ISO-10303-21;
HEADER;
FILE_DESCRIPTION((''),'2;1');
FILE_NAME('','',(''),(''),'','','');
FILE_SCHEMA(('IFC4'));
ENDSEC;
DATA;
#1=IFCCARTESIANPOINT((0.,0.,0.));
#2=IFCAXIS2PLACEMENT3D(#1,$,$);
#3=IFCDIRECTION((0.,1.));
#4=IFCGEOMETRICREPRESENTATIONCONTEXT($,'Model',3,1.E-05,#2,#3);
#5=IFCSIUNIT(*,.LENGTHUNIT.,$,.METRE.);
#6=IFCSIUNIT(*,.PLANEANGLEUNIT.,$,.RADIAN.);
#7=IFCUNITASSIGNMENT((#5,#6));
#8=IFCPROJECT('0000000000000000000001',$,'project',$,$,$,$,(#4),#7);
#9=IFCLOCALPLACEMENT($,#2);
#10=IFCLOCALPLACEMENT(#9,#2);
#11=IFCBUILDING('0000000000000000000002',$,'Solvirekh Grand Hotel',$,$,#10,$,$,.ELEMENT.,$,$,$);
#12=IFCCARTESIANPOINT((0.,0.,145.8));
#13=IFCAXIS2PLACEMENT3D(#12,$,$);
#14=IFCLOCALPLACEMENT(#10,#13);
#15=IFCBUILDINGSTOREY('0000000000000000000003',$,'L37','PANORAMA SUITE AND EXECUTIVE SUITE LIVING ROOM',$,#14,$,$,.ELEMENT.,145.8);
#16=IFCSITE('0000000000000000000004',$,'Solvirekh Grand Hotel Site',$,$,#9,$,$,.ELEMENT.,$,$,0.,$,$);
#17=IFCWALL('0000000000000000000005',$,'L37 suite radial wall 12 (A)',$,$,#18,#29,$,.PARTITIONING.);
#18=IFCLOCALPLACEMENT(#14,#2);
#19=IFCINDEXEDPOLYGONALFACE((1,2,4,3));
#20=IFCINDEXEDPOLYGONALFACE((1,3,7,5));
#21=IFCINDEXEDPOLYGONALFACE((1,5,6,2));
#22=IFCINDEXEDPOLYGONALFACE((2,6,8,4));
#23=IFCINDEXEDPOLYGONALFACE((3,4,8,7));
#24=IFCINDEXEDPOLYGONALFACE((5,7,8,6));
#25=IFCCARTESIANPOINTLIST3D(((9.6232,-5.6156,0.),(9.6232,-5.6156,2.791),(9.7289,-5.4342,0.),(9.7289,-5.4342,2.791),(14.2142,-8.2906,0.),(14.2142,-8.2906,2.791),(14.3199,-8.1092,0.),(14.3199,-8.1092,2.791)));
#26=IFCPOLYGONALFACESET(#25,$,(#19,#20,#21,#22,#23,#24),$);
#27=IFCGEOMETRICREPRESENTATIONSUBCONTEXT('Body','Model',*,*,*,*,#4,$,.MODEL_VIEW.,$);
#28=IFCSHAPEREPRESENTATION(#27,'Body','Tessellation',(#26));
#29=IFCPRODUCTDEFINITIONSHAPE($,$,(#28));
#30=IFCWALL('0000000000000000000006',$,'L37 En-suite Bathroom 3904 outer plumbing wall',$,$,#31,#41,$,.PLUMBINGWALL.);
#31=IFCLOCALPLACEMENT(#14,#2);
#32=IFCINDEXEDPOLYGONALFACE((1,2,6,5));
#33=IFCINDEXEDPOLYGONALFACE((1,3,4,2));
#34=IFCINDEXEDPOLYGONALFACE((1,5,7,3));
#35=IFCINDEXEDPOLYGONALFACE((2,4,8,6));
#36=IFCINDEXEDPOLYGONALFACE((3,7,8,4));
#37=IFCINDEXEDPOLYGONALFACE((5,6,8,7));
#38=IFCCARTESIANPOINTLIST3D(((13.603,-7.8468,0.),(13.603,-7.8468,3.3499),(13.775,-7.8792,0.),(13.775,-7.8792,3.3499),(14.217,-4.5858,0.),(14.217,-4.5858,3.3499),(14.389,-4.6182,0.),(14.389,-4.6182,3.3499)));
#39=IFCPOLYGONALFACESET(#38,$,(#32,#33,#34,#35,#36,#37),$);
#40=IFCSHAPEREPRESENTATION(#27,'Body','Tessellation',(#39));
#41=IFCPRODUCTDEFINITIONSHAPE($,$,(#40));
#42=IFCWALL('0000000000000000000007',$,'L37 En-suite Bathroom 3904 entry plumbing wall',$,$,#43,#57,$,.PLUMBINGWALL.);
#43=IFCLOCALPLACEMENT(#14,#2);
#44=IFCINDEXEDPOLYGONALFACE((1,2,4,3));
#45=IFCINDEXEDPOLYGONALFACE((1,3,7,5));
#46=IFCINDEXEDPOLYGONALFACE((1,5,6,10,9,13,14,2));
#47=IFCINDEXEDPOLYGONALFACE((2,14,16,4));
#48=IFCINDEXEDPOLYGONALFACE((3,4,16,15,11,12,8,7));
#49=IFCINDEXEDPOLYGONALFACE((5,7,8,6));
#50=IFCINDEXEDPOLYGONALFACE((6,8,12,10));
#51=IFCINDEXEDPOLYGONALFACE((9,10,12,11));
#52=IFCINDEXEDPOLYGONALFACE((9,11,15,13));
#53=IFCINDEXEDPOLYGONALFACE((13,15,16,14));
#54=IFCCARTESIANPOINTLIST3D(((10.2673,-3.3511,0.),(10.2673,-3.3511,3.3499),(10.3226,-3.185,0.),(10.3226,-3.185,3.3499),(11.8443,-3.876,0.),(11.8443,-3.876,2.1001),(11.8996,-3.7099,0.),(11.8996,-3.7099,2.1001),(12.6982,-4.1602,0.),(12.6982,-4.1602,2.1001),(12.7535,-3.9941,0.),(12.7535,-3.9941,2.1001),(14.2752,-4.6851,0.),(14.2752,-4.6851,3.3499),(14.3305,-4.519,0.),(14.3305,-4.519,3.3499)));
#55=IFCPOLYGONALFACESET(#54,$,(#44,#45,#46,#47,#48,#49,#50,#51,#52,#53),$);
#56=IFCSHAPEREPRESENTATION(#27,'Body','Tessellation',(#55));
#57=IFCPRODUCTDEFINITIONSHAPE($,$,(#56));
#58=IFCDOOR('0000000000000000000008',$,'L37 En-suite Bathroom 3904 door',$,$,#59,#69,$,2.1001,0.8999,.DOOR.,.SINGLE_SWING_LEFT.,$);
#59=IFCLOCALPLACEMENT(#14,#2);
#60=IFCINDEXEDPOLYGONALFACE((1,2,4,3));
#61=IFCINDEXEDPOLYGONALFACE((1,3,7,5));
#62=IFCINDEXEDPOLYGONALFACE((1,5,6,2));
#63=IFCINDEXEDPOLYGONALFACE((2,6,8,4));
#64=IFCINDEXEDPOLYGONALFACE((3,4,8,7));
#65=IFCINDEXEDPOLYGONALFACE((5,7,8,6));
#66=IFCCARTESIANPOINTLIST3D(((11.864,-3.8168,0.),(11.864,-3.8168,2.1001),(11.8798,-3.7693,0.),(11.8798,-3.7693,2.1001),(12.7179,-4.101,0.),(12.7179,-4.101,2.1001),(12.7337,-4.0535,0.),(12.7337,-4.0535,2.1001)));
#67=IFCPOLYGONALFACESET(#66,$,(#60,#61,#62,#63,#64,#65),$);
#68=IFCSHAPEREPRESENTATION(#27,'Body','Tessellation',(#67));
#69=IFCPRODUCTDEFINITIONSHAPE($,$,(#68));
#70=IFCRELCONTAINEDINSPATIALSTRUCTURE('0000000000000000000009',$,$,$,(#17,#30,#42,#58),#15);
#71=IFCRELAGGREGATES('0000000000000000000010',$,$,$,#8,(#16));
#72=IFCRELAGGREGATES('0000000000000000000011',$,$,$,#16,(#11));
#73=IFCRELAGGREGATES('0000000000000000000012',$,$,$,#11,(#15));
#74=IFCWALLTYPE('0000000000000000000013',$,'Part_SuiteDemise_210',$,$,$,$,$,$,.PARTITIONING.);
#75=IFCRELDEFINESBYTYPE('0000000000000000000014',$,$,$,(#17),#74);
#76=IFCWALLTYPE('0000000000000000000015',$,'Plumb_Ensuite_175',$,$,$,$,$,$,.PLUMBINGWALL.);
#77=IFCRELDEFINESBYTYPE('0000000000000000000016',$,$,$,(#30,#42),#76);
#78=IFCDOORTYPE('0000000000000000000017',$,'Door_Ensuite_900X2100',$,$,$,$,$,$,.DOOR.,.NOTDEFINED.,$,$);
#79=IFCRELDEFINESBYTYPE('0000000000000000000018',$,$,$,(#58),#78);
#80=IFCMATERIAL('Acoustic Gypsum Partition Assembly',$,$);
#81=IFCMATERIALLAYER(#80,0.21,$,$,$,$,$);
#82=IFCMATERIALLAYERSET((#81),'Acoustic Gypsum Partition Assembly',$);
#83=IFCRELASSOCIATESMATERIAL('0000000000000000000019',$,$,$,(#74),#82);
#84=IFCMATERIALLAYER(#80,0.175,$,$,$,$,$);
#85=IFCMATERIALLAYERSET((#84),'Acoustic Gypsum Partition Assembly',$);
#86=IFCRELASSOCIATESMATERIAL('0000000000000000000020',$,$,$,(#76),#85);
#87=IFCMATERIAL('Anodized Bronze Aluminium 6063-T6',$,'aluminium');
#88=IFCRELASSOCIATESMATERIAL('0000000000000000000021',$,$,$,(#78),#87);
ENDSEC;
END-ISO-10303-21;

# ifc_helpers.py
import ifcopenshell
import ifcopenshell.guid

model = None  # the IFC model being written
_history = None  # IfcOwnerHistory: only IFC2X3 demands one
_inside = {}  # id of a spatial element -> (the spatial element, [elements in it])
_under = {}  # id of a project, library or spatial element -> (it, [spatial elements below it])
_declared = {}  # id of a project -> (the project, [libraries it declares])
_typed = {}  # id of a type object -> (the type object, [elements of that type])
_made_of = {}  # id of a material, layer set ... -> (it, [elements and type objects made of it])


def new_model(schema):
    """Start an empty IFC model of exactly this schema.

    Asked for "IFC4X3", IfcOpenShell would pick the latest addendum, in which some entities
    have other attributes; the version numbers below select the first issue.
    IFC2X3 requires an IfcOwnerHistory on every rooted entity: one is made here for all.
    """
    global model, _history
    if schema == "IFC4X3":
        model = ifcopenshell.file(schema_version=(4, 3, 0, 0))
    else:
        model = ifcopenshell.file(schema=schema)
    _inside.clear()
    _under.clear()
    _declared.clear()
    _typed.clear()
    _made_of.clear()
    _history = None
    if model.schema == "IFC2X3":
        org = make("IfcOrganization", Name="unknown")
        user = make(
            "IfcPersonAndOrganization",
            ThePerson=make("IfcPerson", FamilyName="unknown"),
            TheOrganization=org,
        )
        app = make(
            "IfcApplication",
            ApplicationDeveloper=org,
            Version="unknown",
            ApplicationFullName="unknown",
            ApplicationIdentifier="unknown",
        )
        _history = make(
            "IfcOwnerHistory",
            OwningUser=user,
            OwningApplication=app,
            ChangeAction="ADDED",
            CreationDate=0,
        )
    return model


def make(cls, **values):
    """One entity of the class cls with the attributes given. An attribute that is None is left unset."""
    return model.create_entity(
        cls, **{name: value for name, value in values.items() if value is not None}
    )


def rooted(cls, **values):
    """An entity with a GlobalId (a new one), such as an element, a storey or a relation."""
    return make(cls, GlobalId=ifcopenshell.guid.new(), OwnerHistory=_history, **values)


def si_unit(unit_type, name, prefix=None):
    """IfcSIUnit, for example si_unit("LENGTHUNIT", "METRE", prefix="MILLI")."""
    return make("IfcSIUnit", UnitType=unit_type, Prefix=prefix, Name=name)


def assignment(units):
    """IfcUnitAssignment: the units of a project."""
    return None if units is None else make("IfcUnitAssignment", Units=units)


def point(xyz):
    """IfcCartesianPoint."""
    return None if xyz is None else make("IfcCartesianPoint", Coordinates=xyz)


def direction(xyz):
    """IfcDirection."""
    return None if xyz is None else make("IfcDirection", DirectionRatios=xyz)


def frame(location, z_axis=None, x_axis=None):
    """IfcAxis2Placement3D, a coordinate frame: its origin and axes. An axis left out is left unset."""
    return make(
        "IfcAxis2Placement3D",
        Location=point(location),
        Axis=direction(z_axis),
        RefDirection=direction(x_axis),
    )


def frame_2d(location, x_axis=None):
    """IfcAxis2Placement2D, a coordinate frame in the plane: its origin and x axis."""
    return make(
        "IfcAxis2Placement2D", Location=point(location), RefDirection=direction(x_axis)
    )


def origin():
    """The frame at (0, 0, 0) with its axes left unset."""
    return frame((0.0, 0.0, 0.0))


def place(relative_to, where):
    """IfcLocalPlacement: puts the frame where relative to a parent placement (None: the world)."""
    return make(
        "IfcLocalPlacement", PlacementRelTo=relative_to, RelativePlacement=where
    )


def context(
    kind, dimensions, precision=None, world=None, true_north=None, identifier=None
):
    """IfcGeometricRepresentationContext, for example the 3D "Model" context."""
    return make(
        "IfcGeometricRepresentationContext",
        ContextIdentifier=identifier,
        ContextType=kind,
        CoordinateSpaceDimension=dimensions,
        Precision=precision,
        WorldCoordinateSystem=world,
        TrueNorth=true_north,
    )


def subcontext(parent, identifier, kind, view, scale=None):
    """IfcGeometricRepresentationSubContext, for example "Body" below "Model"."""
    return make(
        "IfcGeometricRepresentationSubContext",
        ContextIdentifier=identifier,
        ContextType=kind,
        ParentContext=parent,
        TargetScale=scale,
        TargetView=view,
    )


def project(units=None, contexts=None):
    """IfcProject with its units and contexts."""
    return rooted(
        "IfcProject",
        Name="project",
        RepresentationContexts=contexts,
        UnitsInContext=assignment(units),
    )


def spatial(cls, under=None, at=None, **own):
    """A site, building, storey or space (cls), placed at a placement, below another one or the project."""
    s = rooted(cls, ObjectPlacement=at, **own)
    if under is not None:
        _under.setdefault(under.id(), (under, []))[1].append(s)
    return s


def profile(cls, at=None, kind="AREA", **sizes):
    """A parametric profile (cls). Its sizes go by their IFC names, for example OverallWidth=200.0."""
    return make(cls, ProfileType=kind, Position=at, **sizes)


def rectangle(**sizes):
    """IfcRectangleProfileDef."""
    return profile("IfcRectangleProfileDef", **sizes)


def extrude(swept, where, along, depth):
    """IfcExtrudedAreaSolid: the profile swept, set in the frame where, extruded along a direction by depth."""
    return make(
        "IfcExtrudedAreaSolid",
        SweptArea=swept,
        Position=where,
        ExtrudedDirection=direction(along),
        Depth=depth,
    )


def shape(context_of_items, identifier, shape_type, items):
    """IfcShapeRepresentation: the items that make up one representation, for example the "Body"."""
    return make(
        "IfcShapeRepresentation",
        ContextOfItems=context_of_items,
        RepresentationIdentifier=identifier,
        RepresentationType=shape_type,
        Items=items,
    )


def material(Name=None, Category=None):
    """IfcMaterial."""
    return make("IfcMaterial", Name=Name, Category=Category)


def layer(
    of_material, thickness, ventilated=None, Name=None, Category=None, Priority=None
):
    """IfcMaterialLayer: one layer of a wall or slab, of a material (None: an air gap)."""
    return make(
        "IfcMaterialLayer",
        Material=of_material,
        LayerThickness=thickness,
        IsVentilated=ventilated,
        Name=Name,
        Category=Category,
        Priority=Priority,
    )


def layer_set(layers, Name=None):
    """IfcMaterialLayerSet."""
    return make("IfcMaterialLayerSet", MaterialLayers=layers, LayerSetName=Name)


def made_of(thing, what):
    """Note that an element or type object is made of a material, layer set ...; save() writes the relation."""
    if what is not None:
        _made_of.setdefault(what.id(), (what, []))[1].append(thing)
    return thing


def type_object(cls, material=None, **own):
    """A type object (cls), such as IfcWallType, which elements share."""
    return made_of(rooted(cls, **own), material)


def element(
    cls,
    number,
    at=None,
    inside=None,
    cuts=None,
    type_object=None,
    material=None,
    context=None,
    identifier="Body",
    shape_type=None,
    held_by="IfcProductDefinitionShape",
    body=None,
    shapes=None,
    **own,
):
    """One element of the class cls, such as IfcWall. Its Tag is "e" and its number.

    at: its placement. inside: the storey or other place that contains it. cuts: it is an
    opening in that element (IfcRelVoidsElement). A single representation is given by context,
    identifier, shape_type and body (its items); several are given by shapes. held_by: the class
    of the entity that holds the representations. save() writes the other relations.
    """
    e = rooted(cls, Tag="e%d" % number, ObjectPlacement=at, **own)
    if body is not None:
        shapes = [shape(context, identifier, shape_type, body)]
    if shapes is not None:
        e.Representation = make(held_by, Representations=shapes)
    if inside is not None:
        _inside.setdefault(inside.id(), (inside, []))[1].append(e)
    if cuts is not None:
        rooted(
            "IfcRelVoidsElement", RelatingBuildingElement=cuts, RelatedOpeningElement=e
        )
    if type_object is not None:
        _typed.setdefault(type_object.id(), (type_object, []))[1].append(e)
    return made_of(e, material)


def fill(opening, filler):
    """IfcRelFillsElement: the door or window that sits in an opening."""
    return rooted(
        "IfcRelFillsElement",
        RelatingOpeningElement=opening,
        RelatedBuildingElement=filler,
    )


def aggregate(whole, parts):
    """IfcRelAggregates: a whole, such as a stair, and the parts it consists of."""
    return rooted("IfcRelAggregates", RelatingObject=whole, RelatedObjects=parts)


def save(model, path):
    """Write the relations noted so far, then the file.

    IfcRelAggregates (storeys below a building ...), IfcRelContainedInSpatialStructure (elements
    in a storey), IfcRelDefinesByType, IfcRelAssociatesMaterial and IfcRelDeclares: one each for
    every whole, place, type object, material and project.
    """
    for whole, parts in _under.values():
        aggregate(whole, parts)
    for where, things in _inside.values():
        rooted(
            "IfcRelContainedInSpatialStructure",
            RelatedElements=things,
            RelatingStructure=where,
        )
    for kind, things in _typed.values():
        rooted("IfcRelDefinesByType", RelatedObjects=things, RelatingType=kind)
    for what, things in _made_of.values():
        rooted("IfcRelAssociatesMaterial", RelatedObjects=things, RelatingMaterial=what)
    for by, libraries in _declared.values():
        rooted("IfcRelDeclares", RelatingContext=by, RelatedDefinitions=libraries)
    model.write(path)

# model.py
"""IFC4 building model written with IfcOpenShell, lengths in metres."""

from ifc_helpers import new_model, si_unit, direction, frame, frame_2d, origin, place, context, subcontext, project, spatial, rectangle, extrude, material, layer, layer_set, type_object, element, fill, save


model = new_model("IFC4")

# Units and contexts
model_context = context("Model", 3, precision=1e-05, world=origin(), true_north=direction((0.0, 1.0)))
body_context = subcontext(model_context, "Body", "Model", "MODEL_VIEW")
ifc_project = project(units=[si_unit("LENGTHUNIT", "METRE"), si_unit("PLANEANGLEUNIT", "RADIAN")], contexts=[model_context])

# Site, building, storey
site_placement = place(None, origin())
site = spatial("IfcSite", under=ifc_project, at=site_placement, Name="Solvirekh Grand Hotel Site", CompositionType="ELEMENT", RefElevation=0.0)
building_placement = place(site_placement, origin())
building = spatial("IfcBuilding", under=site, at=building_placement, Name="Solvirekh Grand Hotel", CompositionType="ELEMENT")
storey_placement = place(building_placement, frame((0.0, 0.0, 145.8)))
storey = spatial("IfcBuildingStorey", under=building, at=storey_placement, Name="L37", Description="PANORAMA SUITE AND EXECUTIVE SUITE LIVING ROOM", CompositionType="ELEMENT", Elevation=145.8)

# Shared definitions
ifc_material_1 = material(Name="Anodized Bronze Aluminium 6063-T6", Category="aluminium")

# Shared definitions
ifc_material_2 = material(Name="Acoustic Gypsum Partition Assembly")

# Walls
ifc_layer_1 = layer(ifc_material_2, 0.21)
ifc_layer_set_1 = layer_set([ifc_layer_1], Name="Acoustic Gypsum Partition Assembly")
wall_type_1 = type_object("IfcWallType", Name="Part_SuiteDemise_210", PredefinedType="PARTITIONING", material=ifc_layer_set_1)
wall_1_placement = place(storey_placement, frame((9.676, -5.5249, 0.0), z_axis=(0.0, 0.0, 1.0), x_axis=(0.86403, -0.50344, 0.0)))
element("IfcWall", 1, at=wall_1_placement, inside=storey, type_object=wall_type_1, Name="L37 suite radial wall 12 (A)", PredefinedType="PARTITIONING", context=body_context, shape_type="SweptSolid", body=[
    extrude(rectangle(XDim=5.3135, YDim=0.21, at=frame_2d((2.6567, 0.0))), origin(), (0.0, 0.0, 1.0), 2.791),
])
ifc_layer_2 = layer(ifc_material_2, 0.175)
ifc_layer_set_2 = layer_set([ifc_layer_2], Name="Acoustic Gypsum Partition Assembly")
wall_type_2 = type_object("IfcWallType", Name="Plumb_Ensuite_175", PredefinedType="PLUMBINGWALL", material=ifc_layer_set_2)
wall_2_placement = place(storey_placement, frame((13.689, -7.863, 0.0), z_axis=(0.0, 0.0, 1.0), x_axis=(0.185039, 0.982731, 0.0)))
element("IfcWall", 2, at=wall_2_placement, inside=storey, type_object=wall_type_2, Name="L37 En-suite Bathroom 3904 outer plumbing wall", PredefinedType="PLUMBINGWALL", context=body_context, shape_type="SweptSolid", body=[
    extrude(rectangle(XDim=3.3184, YDim=0.175, at=frame_2d((1.6592, 0.0))), origin(), (0.0, 0.0, 1.0), 3.3499),
])

# Wall, opening, door
wall_3_placement = place(storey_placement, frame((10.2949, -3.2681, 0.0), z_axis=(0.0, 0.0, 1.0), x_axis=(0.948828, -0.315794, 0.0)))
wall_3 = element("IfcWall", 3, at=wall_3_placement, inside=storey, type_object=wall_type_2, Name="L37 En-suite Bathroom 3904 entry plumbing wall", PredefinedType="PLUMBINGWALL", context=body_context, shape_type="SweptSolid", body=[
    extrude(rectangle(XDim=4.2241, YDim=0.175, at=frame_2d((2.1121, 0.0))), origin(), (0.0, 0.0, 1.0), 3.3499),
])
opening_1_placement = place(wall_3_placement, frame((1.6621, 0.0, 0.0)))
opening_1 = element("IfcOpeningElement", 4, at=opening_1_placement, cuts=wall_3, PredefinedType="OPENING", context=body_context, shape_type="SweptSolid", body=[
    extrude(rectangle(XDim=0.8999, YDim=2.1001, at=frame_2d((0.45, 1.05))), frame((0.0, 0.0977, 0.0), z_axis=(0.0, -1.0, 0.0), x_axis=(1.0, 0.0, 0.0)), (0.0, 0.0, 1.0), 0.1951),
])
door_type_1 = type_object("IfcDoorType", Name="Door_Ensuite_900X2100", OperationType="NOTDEFINED", PredefinedType="DOOR", material=ifc_material_1)
door_1_placement = place(opening_1_placement, origin())
door_1 = element("IfcDoor", 5, at=door_1_placement, inside=storey, type_object=door_type_1, Name="L37 En-suite Bathroom 3904 door", OperationType="SINGLE_SWING_LEFT", OverallHeight=2.1001, OverallWidth=0.8999, PredefinedType="DOOR", context=body_context, shape_type="SweptSolid", body=[
    extrude(rectangle(XDim=0.8999, YDim=2.1001, at=frame_2d((0.45, 1.05))), frame((0.0, 0.0249, 0.0), z_axis=(0.0, -1.0, 0.0), x_axis=(1.0, 0.0, 0.0)), (0.0, 0.0, 1.0), 0.05),
])
fill(opening_1, door_1)

save(model, "model.ifc")
